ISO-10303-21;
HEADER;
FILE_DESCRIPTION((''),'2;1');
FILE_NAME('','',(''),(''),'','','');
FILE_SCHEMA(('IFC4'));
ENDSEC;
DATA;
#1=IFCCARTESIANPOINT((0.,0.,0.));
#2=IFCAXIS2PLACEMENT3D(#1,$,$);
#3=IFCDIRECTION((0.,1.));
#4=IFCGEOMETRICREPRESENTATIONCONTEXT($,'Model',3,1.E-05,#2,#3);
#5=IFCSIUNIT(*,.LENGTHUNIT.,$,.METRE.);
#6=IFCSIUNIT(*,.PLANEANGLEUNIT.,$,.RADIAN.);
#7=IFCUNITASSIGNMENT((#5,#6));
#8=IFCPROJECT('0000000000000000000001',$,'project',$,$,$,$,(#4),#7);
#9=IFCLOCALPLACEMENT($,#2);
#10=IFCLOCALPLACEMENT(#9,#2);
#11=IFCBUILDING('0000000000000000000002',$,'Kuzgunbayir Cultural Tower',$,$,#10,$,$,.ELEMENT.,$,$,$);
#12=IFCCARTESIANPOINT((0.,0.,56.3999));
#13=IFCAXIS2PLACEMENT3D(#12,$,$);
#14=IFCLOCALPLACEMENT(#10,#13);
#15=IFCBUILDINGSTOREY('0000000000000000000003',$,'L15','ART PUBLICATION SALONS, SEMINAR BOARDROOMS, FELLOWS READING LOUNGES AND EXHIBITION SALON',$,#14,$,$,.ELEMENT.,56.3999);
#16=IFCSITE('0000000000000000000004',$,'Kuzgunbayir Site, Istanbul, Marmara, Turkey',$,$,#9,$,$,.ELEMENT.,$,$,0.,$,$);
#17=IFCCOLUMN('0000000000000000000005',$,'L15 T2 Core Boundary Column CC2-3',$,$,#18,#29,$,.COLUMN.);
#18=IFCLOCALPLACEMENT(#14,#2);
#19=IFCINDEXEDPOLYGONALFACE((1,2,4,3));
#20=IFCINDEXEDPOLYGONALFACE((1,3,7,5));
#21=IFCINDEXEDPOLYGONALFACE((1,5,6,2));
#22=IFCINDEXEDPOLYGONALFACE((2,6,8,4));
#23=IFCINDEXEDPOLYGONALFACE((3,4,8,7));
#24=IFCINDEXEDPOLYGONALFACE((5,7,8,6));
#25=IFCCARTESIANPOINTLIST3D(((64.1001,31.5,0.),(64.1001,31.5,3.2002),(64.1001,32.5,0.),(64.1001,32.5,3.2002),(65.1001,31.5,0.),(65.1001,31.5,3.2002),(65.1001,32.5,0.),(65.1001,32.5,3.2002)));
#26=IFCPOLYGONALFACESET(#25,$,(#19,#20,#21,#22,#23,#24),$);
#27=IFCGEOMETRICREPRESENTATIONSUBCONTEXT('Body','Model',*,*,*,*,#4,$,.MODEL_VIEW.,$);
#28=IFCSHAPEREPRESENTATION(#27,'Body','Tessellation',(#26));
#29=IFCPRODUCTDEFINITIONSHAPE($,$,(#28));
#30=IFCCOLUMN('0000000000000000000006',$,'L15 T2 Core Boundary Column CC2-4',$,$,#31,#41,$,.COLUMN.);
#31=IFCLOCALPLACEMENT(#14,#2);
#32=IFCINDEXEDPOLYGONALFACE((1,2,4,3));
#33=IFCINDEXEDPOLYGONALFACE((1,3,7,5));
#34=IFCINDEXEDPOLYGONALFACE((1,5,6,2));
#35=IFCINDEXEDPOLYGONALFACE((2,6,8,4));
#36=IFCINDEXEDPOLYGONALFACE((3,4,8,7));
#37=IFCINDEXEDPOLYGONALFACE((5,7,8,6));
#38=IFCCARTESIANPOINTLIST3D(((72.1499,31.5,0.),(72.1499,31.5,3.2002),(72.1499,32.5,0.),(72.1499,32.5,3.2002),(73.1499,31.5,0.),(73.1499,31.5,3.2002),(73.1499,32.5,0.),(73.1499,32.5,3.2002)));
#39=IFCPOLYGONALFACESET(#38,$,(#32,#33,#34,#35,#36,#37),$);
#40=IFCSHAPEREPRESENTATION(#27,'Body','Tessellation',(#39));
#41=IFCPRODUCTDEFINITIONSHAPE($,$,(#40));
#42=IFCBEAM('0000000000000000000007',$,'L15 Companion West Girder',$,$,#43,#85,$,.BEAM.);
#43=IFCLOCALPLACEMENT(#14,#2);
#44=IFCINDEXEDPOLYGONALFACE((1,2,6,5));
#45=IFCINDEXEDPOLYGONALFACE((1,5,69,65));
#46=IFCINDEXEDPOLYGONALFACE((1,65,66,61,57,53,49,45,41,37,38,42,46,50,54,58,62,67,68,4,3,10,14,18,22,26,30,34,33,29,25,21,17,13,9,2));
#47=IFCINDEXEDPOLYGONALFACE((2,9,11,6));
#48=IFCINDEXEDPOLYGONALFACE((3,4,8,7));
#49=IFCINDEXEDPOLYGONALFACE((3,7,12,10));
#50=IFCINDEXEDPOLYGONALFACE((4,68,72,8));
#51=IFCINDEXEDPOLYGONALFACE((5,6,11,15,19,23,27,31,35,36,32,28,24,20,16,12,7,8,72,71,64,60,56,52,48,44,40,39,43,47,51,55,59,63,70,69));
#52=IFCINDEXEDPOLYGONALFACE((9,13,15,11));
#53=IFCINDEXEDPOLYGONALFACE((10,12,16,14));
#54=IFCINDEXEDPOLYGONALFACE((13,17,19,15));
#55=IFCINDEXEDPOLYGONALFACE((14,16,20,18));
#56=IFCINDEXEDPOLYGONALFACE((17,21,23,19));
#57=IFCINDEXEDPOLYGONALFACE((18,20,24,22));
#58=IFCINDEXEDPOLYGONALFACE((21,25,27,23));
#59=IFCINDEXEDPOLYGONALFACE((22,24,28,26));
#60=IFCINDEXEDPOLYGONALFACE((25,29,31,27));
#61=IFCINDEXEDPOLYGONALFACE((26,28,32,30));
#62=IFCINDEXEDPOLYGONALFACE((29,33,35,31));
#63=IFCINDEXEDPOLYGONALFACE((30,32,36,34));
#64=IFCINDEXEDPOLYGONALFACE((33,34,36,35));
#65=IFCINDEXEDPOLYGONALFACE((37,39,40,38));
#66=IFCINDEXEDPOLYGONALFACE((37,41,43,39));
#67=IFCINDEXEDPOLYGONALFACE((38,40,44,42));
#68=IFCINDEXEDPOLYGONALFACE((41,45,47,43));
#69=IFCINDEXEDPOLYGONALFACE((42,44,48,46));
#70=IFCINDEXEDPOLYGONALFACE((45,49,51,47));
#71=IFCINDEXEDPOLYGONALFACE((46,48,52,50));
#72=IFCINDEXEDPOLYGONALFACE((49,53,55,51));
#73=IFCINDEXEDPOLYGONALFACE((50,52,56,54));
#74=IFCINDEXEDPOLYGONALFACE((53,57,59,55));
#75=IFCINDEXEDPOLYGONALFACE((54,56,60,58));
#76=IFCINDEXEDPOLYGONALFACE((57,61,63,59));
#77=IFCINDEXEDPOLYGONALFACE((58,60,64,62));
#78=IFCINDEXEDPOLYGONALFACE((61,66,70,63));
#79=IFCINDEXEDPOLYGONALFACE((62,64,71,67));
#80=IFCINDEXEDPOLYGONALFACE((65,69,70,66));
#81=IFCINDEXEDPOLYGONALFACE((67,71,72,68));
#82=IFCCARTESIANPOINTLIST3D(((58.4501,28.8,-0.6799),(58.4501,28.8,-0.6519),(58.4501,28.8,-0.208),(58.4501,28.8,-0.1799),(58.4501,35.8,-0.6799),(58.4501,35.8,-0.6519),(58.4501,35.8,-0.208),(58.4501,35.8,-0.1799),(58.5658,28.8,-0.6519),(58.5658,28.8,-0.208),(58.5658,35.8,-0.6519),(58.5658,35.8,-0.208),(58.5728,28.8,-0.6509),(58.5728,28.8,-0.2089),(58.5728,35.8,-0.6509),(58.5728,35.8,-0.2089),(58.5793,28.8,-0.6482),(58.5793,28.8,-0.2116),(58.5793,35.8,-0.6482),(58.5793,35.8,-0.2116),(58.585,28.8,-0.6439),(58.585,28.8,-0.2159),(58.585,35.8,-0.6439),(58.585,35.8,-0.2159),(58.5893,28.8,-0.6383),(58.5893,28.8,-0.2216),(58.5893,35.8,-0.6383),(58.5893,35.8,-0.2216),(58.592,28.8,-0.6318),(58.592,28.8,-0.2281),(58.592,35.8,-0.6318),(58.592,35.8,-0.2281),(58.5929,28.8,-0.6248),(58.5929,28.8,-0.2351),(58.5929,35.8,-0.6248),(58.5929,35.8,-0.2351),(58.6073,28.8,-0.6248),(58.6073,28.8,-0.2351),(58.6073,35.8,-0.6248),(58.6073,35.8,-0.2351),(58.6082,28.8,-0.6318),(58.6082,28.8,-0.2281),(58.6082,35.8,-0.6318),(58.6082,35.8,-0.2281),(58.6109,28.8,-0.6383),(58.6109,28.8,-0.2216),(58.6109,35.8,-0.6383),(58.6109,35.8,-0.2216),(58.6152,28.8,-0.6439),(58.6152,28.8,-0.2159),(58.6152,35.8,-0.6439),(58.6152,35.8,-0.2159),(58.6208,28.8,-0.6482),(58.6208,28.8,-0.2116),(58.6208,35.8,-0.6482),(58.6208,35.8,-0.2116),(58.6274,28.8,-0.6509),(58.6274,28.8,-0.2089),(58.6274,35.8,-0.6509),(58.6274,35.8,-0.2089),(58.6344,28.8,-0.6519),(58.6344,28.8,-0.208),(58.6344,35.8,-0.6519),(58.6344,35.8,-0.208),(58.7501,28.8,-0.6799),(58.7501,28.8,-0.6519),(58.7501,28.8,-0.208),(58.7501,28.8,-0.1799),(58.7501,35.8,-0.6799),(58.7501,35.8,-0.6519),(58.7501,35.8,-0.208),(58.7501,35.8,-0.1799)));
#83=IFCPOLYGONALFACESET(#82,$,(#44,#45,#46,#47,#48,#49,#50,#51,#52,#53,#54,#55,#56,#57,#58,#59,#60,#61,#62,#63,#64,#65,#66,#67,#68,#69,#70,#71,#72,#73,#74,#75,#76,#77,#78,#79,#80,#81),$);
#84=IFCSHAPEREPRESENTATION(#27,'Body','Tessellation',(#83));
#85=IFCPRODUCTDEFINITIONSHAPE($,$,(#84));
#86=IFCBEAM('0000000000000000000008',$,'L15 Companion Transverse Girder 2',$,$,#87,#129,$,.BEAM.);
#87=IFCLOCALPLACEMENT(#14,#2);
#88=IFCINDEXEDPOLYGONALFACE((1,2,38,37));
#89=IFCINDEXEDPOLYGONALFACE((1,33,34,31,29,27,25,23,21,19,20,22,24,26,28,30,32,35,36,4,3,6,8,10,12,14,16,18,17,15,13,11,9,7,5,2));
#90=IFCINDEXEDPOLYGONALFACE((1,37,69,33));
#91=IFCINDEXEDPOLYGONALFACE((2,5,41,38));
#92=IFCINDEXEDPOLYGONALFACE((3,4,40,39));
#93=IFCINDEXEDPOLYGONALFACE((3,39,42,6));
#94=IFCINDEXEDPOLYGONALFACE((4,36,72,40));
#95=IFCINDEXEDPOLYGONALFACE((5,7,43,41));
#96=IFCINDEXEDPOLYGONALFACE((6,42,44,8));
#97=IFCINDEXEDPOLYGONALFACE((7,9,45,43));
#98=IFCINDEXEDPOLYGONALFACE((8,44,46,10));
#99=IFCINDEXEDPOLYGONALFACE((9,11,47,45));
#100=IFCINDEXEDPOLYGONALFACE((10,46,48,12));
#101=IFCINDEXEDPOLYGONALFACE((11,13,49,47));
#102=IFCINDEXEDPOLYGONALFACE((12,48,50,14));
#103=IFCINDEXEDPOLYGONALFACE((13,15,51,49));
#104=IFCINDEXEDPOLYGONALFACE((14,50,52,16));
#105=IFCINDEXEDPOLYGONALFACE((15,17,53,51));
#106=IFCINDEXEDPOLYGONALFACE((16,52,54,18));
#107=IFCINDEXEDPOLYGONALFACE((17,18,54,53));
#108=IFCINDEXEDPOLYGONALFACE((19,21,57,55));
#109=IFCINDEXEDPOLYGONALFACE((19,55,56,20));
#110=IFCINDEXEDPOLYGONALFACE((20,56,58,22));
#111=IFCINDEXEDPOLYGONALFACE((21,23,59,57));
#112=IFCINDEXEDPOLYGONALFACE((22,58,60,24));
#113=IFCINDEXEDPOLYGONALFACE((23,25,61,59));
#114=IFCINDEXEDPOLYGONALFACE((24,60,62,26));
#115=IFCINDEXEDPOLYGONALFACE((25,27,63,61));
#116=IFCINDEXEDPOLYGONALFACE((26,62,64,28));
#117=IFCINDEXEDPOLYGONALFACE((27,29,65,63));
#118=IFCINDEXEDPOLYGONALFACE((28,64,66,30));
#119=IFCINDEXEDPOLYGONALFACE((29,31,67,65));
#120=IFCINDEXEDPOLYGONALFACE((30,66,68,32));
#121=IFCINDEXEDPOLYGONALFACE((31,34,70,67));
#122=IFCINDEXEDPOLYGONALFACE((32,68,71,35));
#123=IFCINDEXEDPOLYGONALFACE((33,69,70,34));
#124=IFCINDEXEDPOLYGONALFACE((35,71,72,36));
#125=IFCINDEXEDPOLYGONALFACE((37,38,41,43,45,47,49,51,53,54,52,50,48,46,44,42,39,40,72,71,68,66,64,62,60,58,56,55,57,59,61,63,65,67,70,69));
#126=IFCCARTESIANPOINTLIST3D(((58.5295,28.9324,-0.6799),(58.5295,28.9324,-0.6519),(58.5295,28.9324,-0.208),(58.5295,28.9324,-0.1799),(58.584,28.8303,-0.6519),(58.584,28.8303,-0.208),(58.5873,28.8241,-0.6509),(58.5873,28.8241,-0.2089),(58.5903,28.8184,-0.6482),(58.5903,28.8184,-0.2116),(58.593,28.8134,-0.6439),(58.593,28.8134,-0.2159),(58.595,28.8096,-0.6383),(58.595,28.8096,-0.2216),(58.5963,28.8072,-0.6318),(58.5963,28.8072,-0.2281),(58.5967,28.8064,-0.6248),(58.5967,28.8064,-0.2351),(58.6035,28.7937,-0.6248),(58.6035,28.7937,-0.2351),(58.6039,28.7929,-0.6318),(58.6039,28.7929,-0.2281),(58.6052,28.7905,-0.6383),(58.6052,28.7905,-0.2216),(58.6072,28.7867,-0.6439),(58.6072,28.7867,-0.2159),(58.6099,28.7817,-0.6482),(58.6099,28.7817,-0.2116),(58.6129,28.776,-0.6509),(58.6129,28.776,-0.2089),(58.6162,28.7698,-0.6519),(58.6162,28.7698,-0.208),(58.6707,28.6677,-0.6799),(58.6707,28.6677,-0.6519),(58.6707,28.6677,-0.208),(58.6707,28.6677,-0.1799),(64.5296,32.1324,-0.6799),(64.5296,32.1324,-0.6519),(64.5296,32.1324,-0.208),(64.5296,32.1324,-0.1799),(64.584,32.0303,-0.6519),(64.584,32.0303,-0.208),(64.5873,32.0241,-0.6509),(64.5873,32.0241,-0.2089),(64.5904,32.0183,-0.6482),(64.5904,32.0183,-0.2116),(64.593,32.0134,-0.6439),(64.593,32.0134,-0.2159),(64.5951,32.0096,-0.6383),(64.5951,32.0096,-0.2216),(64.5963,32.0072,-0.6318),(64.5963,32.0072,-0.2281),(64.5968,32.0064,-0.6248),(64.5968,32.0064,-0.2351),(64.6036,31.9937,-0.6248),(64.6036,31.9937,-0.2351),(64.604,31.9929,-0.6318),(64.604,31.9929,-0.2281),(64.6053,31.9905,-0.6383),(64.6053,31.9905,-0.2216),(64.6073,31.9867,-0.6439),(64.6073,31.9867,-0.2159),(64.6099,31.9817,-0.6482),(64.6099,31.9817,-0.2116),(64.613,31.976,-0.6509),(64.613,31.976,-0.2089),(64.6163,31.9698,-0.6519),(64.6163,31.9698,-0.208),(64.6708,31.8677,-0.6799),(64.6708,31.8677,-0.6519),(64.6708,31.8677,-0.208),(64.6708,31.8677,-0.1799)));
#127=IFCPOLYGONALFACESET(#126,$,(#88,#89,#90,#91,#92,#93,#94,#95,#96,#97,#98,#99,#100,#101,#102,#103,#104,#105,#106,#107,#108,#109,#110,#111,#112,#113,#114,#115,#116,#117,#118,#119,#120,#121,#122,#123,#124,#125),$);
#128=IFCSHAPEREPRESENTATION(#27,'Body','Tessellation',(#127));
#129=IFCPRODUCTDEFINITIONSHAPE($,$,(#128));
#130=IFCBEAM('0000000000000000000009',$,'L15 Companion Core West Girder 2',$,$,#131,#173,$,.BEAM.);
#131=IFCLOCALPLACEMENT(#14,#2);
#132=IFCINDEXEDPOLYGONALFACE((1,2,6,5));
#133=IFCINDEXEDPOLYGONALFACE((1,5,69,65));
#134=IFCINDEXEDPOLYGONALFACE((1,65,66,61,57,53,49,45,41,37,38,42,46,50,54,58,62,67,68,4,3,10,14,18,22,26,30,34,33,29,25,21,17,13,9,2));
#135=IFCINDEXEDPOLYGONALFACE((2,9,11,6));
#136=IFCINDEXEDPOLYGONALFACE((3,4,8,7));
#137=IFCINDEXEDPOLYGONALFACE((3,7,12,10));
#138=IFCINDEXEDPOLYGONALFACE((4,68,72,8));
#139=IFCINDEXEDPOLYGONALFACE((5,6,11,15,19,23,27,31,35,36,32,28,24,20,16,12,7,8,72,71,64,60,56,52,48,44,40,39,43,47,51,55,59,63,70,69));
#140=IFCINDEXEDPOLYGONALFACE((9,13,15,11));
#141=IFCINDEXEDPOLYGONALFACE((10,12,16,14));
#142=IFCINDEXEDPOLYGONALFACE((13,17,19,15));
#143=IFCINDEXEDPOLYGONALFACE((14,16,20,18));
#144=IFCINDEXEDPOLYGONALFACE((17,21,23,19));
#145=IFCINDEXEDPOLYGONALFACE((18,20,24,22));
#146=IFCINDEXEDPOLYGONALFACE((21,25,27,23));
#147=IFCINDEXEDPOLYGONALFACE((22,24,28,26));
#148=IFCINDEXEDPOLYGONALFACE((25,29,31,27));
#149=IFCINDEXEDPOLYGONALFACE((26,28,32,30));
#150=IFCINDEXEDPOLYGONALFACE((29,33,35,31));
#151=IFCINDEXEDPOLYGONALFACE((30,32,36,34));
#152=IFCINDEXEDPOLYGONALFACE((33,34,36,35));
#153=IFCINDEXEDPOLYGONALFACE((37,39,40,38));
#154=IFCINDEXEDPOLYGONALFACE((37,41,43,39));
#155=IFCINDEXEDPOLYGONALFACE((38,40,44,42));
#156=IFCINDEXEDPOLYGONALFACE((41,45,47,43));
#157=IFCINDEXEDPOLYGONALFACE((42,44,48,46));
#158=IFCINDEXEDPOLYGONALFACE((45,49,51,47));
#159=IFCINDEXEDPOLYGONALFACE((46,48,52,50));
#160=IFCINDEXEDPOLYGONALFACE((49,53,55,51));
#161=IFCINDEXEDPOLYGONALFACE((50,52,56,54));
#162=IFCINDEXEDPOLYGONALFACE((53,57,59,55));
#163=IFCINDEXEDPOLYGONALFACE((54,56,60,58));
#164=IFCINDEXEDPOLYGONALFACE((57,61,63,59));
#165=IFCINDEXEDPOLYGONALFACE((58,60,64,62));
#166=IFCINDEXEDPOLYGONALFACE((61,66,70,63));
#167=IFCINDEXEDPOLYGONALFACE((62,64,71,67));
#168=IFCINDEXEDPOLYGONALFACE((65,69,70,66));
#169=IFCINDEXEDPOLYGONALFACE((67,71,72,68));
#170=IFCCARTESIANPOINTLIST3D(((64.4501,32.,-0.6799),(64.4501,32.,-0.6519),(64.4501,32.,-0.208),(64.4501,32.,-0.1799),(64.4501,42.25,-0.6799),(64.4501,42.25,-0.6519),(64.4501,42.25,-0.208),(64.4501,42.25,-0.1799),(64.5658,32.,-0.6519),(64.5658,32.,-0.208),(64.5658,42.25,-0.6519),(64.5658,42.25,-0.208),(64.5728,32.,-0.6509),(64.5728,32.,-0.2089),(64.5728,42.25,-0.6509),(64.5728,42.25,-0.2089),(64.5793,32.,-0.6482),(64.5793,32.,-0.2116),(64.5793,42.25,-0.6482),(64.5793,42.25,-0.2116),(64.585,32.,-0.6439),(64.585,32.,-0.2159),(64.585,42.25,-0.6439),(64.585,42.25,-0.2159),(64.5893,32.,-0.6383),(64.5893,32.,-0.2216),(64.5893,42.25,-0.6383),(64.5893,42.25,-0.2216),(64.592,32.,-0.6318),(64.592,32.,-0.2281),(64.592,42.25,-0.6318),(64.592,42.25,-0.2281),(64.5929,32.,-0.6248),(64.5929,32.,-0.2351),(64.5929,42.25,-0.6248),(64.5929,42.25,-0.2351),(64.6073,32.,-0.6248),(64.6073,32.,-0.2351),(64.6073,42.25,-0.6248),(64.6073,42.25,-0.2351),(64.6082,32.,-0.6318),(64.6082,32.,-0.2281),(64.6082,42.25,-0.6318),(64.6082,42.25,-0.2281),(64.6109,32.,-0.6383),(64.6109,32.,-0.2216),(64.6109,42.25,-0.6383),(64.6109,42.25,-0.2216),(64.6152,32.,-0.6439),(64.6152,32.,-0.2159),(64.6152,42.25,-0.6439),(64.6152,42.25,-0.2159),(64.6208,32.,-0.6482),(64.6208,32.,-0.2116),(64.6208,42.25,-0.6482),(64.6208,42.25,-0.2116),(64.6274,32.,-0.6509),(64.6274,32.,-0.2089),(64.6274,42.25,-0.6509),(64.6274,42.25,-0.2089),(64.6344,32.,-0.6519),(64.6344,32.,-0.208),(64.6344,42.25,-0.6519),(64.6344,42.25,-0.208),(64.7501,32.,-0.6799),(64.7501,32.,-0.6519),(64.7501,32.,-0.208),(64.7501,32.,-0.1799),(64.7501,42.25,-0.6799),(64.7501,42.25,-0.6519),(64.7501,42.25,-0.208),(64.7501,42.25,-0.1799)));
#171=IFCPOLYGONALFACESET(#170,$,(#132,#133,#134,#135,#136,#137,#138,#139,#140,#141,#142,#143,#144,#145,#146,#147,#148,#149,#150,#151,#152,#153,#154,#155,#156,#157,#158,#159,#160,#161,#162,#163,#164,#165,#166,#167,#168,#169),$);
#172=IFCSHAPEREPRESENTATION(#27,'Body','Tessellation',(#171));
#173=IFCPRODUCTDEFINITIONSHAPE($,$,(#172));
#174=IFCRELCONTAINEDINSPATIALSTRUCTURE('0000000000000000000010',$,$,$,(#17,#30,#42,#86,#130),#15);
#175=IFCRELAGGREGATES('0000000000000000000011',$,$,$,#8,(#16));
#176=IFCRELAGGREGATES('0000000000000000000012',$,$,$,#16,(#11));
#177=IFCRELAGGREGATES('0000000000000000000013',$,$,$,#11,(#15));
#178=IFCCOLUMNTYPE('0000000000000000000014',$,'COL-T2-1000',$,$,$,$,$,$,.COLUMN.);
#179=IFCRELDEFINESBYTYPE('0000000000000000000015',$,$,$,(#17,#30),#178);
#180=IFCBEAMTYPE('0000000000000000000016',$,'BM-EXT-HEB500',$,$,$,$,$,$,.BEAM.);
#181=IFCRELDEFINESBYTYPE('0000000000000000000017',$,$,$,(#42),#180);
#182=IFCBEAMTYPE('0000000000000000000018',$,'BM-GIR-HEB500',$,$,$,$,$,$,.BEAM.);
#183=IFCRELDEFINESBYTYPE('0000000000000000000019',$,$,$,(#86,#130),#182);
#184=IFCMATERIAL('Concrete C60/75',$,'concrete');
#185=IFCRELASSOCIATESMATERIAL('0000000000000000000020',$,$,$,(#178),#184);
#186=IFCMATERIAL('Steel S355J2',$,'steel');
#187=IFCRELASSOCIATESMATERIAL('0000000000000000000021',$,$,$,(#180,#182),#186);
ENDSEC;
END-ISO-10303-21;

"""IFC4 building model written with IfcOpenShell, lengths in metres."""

from ifc_helpers import new_model, si_unit, direction, frame, origin, origin_2d, place, context, subcontext, project, spatial, rectangle, i_section, extrude, material, material_profile, profile_set, type_object, element, save


model = new_model("IFC4")

# Units and contexts
model_context = context("Model", 3, precision=1e-05, world=origin(), true_north=direction((0.0, 1.0)))
body_context = subcontext(model_context, "Body", "Model", "MODEL_VIEW")
ifc_project = project(units=[si_unit("LENGTHUNIT", "METRE"), si_unit("PLANEANGLEUNIT", "RADIAN")], contexts=[model_context])

# Site, building, storey
site_placement = place(None, origin())
site = spatial("IfcSite", under=ifc_project, at=site_placement, Name="Kuzgunbayir Site, Istanbul, Marmara, Turkey", CompositionType="ELEMENT", RefElevation=0.0)
building_placement = place(site_placement, origin())
building = spatial("IfcBuilding", under=site, at=building_placement, Name="Kuzgunbayir Cultural Tower", CompositionType="ELEMENT")
storey_placement = place(building_placement, frame((0.0, 0.0, 56.3999)))
storey = spatial("IfcBuildingStorey", under=building, at=storey_placement, Name="L15", Description="ART PUBLICATION SALONS, SEMINAR BOARDROOMS, FELLOWS READING LOUNGES AND EXHIBITION SALON", CompositionType="ELEMENT", Elevation=56.3999)

# Columns
ifc_material_1 = material(Name="Concrete C60/75", Category="concrete")
ifc_material_profile_1 = material_profile(ifc_material_1, rectangle(XDim=1.0, YDim=1.0, at=origin_2d()), Name="RC 1000x1000")
ifc_profile_set_1 = profile_set([ifc_material_profile_1], Name="Concrete C60/75")
column_type = type_object("IfcColumnType", Name="COL-T2-1000", PredefinedType="COLUMN", material=ifc_profile_set_1)
for number, where, z_axis, x_axis, name in (
    (1, (64.6001, 32.0, 0.0), (0.0, 0.0, 1.0), (1.0, 0.0, 0.0), "L15 T2 Core Boundary Column CC2-3"),
    (2, (72.6499, 32.0, 0.0), (0.0, 0.0, 1.0), (1.0, 0.0, 0.0), "L15 T2 Core Boundary Column CC2-4"),
):
    element("IfcColumn", number, at=place(storey_placement, frame(where, z_axis=z_axis, x_axis=x_axis)), inside=storey, type_object=column_type, Name=name, PredefinedType="COLUMN", context=body_context, shape_type="SweptSolid", body=[
        extrude(rectangle(XDim=1.0, YDim=1.0, at=origin_2d()), origin(), (0.0, 0.0, 1.0), 3.2002),
    ])

# Beams
ifc_material_2 = material(Name="Steel S355J2", Category="steel")
ifc_material_profile_2 = material_profile(ifc_material_2, i_section(OverallWidth=0.3, OverallDepth=0.5, WebThickness=0.0144, FlangeThickness=0.0281, FilletRadius=0.0271, at=origin_2d()), Name="HEB 500")
ifc_profile_set_2 = profile_set([ifc_material_profile_2], Name="Steel S355J2")
beam_type_1 = type_object("IfcBeamType", Name="BM-EXT-HEB500", PredefinedType="BEAM", material=ifc_profile_set_2)
beam_1_placement = place(storey_placement, frame((58.6001, 28.8, -0.4299), z_axis=(0.0, 1.0, 0.0), x_axis=(-1.0, 0.0, 0.0)))
element("IfcBeam", 3, at=beam_1_placement, inside=storey, type_object=beam_type_1, Name="L15 Companion West Girder", PredefinedType="BEAM", context=body_context, shape_type="SweptSolid", body=[
    extrude(i_section(OverallWidth=0.3, OverallDepth=0.5, WebThickness=0.0144, FlangeThickness=0.0281, FilletRadius=0.0271, at=origin_2d()), origin(), (0.0, 0.0, 1.0), 7.0),
])
ifc_material_profile_3 = material_profile(ifc_material_2, i_section(OverallWidth=0.3, OverallDepth=0.5, WebThickness=0.0144, FlangeThickness=0.0281, FilletRadius=0.0271, at=origin_2d()), Name="HEB 500")
ifc_profile_set_3 = profile_set([ifc_material_profile_3], Name="Steel S355J2")
beam_type_2 = type_object("IfcBeamType", Name="BM-GIR-HEB500", PredefinedType="BEAM", material=ifc_profile_set_3)
beam_2_placement = place(storey_placement, frame((58.6001, 28.8, -0.4299), z_axis=(0.882356, 0.470583, 0.0), x_axis=(-0.470583, 0.882356, 0.0)))
element("IfcBeam", 4, at=beam_2_placement, inside=storey, type_object=beam_type_2, Name="L15 Companion Transverse Girder 2", PredefinedType="BEAM", context=body_context, shape_type="SweptSolid", body=[
    extrude(i_section(OverallWidth=0.3, OverallDepth=0.5, WebThickness=0.0144, FlangeThickness=0.0281, FilletRadius=0.0271, at=origin_2d()), origin(), (0.0, 0.0, 1.0), 6.8),
])
for number, where, z_axis, x_axis, name in (
    (5, (64.6001, 32.0, -0.4299), (0.0, 1.0, 0.0), (-1.0, 0.0, 0.0), "L15 Companion Core West Girder 2"),
):
    element("IfcBeam", number, at=place(storey_placement, frame(where, z_axis=z_axis, x_axis=x_axis)), inside=storey, type_object=beam_type_2, Name=name, PredefinedType="BEAM", context=body_context, shape_type="SweptSolid", body=[
        extrude(i_section(OverallWidth=0.3, OverallDepth=0.5, WebThickness=0.0144, FlangeThickness=0.0281, FilletRadius=0.0271, at=origin_2d()), origin(), (0.0, 0.0, 1.0), 10.25),
    ])

save(model, "model.ifc")
